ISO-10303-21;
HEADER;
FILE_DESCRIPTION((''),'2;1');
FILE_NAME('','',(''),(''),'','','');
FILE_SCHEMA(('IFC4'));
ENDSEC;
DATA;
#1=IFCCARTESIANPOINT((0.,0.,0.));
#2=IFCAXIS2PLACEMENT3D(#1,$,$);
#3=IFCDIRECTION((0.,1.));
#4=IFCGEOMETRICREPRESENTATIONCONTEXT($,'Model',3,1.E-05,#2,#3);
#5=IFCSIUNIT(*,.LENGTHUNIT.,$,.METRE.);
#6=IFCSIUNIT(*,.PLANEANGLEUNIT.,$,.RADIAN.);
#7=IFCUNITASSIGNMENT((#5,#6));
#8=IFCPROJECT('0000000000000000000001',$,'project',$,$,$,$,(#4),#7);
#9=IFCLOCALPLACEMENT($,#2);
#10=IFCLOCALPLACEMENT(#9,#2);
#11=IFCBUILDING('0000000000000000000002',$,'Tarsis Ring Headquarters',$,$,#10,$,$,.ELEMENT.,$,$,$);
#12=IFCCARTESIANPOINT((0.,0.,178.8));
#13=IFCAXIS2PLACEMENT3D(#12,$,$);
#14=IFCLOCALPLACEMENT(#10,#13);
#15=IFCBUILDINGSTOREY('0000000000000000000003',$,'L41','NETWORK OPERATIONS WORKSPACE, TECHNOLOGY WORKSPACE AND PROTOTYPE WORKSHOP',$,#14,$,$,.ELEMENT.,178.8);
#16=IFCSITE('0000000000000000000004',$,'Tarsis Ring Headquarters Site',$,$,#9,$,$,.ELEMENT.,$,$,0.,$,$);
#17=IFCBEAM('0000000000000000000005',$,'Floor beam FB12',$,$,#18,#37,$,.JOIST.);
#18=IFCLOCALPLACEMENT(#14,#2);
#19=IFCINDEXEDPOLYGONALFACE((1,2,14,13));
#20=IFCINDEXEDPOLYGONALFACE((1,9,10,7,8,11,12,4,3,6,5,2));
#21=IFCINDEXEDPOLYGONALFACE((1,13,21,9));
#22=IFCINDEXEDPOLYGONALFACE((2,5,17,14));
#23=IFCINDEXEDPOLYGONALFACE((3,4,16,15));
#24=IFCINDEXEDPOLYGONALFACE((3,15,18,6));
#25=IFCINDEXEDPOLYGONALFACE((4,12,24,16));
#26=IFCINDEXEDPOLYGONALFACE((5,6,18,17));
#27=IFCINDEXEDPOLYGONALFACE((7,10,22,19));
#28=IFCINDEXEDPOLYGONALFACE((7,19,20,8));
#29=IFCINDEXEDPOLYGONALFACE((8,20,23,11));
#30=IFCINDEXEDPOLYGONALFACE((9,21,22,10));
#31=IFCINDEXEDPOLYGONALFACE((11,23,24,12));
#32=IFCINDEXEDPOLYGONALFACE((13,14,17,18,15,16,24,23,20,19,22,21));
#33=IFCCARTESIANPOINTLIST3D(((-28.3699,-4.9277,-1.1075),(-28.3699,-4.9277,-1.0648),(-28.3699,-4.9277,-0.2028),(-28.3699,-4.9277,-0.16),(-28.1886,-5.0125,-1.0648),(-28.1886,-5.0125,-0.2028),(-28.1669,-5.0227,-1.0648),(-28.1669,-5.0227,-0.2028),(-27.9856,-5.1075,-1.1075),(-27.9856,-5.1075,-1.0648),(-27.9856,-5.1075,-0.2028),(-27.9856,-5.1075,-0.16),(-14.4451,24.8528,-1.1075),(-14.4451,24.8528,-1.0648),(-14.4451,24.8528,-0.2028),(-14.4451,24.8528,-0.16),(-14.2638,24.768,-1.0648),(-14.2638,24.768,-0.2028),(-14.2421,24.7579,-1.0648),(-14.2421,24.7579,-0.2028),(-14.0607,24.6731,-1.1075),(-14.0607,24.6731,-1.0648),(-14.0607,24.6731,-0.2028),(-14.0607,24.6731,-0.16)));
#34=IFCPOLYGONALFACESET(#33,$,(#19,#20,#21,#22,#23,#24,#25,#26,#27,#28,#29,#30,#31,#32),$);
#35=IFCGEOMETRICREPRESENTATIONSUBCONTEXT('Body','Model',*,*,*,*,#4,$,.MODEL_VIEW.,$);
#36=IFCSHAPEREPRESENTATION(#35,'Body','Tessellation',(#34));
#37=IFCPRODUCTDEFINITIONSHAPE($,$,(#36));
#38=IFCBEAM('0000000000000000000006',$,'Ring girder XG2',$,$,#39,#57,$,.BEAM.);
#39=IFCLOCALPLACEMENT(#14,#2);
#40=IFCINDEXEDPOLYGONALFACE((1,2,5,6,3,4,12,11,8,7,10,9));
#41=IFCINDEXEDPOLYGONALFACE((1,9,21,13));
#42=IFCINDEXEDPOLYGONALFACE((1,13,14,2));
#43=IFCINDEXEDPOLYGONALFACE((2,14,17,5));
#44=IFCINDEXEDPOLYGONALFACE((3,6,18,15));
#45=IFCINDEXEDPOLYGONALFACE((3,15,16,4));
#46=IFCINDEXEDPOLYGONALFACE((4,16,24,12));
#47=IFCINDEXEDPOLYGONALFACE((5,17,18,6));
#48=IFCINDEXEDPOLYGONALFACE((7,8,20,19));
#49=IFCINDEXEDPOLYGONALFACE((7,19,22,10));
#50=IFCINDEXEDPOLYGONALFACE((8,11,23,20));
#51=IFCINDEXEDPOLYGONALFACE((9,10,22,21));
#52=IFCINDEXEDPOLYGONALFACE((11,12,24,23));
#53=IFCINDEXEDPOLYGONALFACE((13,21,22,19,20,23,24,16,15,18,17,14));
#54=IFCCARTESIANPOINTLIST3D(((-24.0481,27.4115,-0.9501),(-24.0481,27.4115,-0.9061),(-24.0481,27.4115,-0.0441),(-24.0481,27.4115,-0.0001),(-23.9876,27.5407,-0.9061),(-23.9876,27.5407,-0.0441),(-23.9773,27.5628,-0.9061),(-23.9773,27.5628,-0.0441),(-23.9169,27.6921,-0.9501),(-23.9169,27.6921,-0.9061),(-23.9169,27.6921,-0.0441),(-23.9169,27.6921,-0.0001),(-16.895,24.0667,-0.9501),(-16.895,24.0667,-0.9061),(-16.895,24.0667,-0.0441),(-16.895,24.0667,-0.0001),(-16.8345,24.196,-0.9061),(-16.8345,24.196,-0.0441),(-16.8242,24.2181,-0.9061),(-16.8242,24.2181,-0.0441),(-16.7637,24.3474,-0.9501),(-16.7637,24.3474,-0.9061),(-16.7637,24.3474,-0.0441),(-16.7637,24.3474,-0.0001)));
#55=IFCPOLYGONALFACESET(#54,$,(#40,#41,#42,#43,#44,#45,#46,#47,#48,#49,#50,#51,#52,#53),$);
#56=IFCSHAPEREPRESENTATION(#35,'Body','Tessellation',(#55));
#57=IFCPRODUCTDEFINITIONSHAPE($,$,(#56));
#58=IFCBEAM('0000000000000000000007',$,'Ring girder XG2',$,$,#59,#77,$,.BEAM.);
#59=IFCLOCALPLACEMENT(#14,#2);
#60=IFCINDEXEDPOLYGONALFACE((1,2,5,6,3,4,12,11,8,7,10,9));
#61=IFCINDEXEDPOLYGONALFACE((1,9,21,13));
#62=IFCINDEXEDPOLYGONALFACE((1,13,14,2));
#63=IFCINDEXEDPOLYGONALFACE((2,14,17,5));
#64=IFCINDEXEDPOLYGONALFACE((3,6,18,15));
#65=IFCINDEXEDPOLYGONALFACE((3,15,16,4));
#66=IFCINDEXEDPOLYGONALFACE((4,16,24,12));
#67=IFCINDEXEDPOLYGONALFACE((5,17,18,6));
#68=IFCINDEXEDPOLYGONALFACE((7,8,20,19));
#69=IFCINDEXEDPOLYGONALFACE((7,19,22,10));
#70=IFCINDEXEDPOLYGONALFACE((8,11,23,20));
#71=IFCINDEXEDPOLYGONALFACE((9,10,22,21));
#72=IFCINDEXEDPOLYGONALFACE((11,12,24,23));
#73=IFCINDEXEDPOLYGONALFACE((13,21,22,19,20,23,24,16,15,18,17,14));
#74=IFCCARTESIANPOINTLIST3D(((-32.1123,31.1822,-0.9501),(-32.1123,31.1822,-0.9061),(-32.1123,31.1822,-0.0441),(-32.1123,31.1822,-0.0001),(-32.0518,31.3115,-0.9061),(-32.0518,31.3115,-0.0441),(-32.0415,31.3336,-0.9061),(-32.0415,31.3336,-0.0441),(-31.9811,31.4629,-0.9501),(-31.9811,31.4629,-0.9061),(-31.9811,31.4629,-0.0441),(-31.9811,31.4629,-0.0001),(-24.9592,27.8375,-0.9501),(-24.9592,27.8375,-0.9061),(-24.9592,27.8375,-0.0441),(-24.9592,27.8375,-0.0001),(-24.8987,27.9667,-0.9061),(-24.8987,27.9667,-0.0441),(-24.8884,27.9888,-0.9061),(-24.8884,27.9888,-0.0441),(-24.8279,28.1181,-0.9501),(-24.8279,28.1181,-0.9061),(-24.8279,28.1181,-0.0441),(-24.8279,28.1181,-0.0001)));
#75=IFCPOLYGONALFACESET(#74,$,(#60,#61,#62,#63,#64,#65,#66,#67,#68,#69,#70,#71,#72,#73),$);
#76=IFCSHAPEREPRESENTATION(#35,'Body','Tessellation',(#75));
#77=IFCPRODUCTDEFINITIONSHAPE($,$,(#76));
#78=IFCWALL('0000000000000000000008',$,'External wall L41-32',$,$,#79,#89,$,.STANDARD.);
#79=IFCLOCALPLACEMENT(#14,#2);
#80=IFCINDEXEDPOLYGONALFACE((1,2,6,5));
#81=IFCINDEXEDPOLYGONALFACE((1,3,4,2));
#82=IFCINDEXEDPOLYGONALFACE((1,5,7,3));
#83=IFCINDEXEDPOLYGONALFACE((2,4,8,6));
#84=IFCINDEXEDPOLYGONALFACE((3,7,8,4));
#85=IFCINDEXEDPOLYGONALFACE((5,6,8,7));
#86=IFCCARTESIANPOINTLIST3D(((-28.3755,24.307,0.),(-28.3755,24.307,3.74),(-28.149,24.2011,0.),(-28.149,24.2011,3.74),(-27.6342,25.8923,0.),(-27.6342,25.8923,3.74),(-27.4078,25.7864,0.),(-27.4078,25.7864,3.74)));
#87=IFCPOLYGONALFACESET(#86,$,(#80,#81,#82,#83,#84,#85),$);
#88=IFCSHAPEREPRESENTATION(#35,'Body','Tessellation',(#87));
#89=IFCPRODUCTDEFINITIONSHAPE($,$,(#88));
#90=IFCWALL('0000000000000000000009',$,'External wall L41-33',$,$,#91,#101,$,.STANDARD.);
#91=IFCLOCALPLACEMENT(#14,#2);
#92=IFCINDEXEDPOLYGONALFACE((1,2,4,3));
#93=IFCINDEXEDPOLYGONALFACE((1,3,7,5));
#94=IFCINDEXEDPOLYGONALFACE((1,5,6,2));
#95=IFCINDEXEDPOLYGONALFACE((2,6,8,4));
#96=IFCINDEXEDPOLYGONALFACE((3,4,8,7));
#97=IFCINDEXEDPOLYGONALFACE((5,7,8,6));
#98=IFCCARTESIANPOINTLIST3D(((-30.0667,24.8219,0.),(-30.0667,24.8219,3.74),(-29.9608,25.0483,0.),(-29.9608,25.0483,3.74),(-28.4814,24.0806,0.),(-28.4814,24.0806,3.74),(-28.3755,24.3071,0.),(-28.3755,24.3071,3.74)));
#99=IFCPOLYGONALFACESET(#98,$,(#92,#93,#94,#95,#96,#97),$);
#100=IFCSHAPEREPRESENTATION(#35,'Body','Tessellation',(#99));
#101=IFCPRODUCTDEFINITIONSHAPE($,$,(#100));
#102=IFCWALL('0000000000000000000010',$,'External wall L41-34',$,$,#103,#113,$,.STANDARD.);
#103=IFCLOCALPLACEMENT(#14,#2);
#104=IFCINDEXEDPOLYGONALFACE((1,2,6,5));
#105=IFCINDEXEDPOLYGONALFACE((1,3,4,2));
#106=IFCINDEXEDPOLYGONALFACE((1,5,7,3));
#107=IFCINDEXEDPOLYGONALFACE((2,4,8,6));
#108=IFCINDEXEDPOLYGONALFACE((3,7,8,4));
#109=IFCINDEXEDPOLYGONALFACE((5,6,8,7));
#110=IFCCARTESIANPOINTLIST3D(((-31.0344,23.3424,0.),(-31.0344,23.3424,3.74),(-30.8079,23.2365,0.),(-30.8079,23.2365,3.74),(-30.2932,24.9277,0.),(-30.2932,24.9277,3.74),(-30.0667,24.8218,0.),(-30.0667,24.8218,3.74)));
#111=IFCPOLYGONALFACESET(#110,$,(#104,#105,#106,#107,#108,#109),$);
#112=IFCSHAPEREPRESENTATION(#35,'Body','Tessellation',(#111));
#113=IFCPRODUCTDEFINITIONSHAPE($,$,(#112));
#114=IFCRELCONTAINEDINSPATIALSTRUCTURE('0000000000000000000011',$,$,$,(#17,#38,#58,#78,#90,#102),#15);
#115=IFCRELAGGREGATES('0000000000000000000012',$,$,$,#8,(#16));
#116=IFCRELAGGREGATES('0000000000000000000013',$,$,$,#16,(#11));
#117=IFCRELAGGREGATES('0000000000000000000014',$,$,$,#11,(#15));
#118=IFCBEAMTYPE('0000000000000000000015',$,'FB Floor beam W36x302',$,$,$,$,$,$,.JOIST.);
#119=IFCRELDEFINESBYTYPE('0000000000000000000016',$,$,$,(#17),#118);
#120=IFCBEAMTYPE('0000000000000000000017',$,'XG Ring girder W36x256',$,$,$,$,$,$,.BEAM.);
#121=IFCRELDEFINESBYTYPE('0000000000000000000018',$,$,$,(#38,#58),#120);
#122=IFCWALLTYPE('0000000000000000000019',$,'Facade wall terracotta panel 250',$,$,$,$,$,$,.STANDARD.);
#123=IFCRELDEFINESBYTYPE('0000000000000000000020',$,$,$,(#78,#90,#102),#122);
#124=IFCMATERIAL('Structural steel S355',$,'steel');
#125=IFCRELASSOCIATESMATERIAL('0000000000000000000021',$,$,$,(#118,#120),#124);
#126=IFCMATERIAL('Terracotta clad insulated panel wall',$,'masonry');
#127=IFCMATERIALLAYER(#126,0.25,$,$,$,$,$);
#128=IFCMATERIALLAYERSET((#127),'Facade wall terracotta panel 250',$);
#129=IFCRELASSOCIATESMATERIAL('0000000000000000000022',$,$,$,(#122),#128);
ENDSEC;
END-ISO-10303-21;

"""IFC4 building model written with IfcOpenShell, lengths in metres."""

from ifc_helpers import new_model, si_unit, direction, frame, frame_2d, origin, origin_2d, place, context, subcontext, project, spatial, rectangle, i_section, extrude, material, layer, layer_set, material_profile, profile_set, type_object, element, save


model = new_model("IFC4")

# Units and contexts
model_context = context("Model", 3, precision=1e-05, world=origin(), true_north=direction((0.0, 1.0)))
body_context = subcontext(model_context, "Body", "Model", "MODEL_VIEW")
ifc_project = project(units=[si_unit("LENGTHUNIT", "METRE"), si_unit("PLANEANGLEUNIT", "RADIAN")], contexts=[model_context])

# Site, building, storey
site_placement = place(None, origin())
site = spatial("IfcSite", under=ifc_project, at=site_placement, Name="Tarsis Ring Headquarters Site", CompositionType="ELEMENT", RefElevation=0.0)
building_placement = place(site_placement, origin())
building = spatial("IfcBuilding", under=site, at=building_placement, Name="Tarsis Ring Headquarters", CompositionType="ELEMENT")
storey_placement = place(building_placement, frame((0.0, 0.0, 178.8)))
storey = spatial("IfcBuildingStorey", under=building, at=storey_placement, Name="L41", Description="NETWORK OPERATIONS WORKSPACE, TECHNOLOGY WORKSPACE AND PROTOTYPE WORKSHOP", CompositionType="ELEMENT", Elevation=178.8)

# Shared definitions
ifc_material_1 = material(Name="Structural steel S355", Category="steel")

# Beams
ifc_material_profile_1 = material_profile(ifc_material_1, i_section(OverallWidth=0.3098, OverallDepth=0.95, WebThickness=0.0244, FlangeThickness=0.0439, at=origin_2d()), Name="W36x256")
ifc_profile_set_1 = profile_set([ifc_material_profile_1], Name="Structural steel S355")
ifc_material_profile_2 = material_profile(ifc_material_1, i_section(OverallWidth=0.4243, OverallDepth=0.9475, WebThickness=0.0239, FlangeThickness=0.0427, at=origin_2d()), Name="W36x302")
ifc_profile_set_2 = profile_set([ifc_material_profile_2], Name="Structural steel S355")
beam_type_1 = type_object("IfcBeamType", Name="FB Floor beam W36x302", PredefinedType="JOIST", material=ifc_profile_set_2)
beam_1_placement = place(storey_placement, frame((-14.2529, 24.7629, -0.6338), z_axis=(-0.423566, -0.905865, 0.0), x_axis=(0.905865, -0.423566, 0.0)))
element("IfcBeam", 1, at=beam_1_placement, inside=storey, type_object=beam_type_1, Name="Floor beam FB12", PredefinedType="JOIST", context=body_context, shape_type="SweptSolid", body=[
    extrude(i_section(OverallWidth=0.4243, OverallDepth=0.9475, WebThickness=0.0239, FlangeThickness=0.0427, at=origin_2d()), origin(), (0.0, 0.0, 1.0), 32.8752),
])
beam_type_2 = type_object("IfcBeamType", Name="XG Ring girder W36x256", PredefinedType="BEAM", material=ifc_profile_set_1)
for number, where, z_axis, x_axis, name in (
    (2, (-16.8293, 24.207, -0.4751), (-0.905861, 0.423574, 0.0), (-0.423574, -0.905861, 0.0), "Ring girder XG2"),
    (3, (-24.8936, 27.9778, -0.4751), (-0.905861, 0.423574, 0.0), (-0.423574, -0.905861, 0.0), "Ring girder XG2"),
):
    element("IfcBeam", number, at=place(storey_placement, frame(where, z_axis=z_axis, x_axis=x_axis)), inside=storey, type_object=beam_type_2, Name=name, PredefinedType="BEAM", context=body_context, shape_type="SweptSolid", body=[
        extrude(i_section(OverallWidth=0.3098, OverallDepth=0.95, WebThickness=0.0244, FlangeThickness=0.0439, at=origin_2d()), origin(), (0.0, 0.0, 1.0), 7.8965),
    ])

# Walls
ifc_material_2 = material(Name="Terracotta clad insulated panel wall", Category="masonry")
ifc_layer = layer(ifc_material_2, 0.25)
ifc_layer_set = layer_set([ifc_layer], Name="Facade wall terracotta panel 250")
wall_type = type_object("IfcWallType", Name="Facade wall terracotta panel 250", PredefinedType="STANDARD", material=ifc_layer_set)
for number, where, z_axis, x_axis, name in (
    (4, (-27.521, 25.8394, 0.0), (0.0, 0.0, 1.0), (-0.423565, -0.905866, 0.0), "External wall L41-32"),
    (5, (-28.4285, 24.1938, 0.0), (0.0, 0.0, 1.0), (-0.905866, 0.423565, 0.0), "External wall L41-33"),
    (6, (-30.1799, 24.8748, 0.0), (0.0, 0.0, 1.0), (-0.423565, -0.905866, 0.0), "External wall L41-34"),
):
    element("IfcWall", number, at=place(storey_placement, frame(where, z_axis=z_axis, x_axis=x_axis)), inside=storey, type_object=wall_type, Name=name, PredefinedType="STANDARD", context=body_context, shape_type="SweptSolid", body=[
        extrude(rectangle(XDim=1.75, YDim=0.25, at=frame_2d((0.875, 0.0))), origin(), (0.0, 0.0, 1.0), 3.74),
    ])

save(model, "model.ifc")
